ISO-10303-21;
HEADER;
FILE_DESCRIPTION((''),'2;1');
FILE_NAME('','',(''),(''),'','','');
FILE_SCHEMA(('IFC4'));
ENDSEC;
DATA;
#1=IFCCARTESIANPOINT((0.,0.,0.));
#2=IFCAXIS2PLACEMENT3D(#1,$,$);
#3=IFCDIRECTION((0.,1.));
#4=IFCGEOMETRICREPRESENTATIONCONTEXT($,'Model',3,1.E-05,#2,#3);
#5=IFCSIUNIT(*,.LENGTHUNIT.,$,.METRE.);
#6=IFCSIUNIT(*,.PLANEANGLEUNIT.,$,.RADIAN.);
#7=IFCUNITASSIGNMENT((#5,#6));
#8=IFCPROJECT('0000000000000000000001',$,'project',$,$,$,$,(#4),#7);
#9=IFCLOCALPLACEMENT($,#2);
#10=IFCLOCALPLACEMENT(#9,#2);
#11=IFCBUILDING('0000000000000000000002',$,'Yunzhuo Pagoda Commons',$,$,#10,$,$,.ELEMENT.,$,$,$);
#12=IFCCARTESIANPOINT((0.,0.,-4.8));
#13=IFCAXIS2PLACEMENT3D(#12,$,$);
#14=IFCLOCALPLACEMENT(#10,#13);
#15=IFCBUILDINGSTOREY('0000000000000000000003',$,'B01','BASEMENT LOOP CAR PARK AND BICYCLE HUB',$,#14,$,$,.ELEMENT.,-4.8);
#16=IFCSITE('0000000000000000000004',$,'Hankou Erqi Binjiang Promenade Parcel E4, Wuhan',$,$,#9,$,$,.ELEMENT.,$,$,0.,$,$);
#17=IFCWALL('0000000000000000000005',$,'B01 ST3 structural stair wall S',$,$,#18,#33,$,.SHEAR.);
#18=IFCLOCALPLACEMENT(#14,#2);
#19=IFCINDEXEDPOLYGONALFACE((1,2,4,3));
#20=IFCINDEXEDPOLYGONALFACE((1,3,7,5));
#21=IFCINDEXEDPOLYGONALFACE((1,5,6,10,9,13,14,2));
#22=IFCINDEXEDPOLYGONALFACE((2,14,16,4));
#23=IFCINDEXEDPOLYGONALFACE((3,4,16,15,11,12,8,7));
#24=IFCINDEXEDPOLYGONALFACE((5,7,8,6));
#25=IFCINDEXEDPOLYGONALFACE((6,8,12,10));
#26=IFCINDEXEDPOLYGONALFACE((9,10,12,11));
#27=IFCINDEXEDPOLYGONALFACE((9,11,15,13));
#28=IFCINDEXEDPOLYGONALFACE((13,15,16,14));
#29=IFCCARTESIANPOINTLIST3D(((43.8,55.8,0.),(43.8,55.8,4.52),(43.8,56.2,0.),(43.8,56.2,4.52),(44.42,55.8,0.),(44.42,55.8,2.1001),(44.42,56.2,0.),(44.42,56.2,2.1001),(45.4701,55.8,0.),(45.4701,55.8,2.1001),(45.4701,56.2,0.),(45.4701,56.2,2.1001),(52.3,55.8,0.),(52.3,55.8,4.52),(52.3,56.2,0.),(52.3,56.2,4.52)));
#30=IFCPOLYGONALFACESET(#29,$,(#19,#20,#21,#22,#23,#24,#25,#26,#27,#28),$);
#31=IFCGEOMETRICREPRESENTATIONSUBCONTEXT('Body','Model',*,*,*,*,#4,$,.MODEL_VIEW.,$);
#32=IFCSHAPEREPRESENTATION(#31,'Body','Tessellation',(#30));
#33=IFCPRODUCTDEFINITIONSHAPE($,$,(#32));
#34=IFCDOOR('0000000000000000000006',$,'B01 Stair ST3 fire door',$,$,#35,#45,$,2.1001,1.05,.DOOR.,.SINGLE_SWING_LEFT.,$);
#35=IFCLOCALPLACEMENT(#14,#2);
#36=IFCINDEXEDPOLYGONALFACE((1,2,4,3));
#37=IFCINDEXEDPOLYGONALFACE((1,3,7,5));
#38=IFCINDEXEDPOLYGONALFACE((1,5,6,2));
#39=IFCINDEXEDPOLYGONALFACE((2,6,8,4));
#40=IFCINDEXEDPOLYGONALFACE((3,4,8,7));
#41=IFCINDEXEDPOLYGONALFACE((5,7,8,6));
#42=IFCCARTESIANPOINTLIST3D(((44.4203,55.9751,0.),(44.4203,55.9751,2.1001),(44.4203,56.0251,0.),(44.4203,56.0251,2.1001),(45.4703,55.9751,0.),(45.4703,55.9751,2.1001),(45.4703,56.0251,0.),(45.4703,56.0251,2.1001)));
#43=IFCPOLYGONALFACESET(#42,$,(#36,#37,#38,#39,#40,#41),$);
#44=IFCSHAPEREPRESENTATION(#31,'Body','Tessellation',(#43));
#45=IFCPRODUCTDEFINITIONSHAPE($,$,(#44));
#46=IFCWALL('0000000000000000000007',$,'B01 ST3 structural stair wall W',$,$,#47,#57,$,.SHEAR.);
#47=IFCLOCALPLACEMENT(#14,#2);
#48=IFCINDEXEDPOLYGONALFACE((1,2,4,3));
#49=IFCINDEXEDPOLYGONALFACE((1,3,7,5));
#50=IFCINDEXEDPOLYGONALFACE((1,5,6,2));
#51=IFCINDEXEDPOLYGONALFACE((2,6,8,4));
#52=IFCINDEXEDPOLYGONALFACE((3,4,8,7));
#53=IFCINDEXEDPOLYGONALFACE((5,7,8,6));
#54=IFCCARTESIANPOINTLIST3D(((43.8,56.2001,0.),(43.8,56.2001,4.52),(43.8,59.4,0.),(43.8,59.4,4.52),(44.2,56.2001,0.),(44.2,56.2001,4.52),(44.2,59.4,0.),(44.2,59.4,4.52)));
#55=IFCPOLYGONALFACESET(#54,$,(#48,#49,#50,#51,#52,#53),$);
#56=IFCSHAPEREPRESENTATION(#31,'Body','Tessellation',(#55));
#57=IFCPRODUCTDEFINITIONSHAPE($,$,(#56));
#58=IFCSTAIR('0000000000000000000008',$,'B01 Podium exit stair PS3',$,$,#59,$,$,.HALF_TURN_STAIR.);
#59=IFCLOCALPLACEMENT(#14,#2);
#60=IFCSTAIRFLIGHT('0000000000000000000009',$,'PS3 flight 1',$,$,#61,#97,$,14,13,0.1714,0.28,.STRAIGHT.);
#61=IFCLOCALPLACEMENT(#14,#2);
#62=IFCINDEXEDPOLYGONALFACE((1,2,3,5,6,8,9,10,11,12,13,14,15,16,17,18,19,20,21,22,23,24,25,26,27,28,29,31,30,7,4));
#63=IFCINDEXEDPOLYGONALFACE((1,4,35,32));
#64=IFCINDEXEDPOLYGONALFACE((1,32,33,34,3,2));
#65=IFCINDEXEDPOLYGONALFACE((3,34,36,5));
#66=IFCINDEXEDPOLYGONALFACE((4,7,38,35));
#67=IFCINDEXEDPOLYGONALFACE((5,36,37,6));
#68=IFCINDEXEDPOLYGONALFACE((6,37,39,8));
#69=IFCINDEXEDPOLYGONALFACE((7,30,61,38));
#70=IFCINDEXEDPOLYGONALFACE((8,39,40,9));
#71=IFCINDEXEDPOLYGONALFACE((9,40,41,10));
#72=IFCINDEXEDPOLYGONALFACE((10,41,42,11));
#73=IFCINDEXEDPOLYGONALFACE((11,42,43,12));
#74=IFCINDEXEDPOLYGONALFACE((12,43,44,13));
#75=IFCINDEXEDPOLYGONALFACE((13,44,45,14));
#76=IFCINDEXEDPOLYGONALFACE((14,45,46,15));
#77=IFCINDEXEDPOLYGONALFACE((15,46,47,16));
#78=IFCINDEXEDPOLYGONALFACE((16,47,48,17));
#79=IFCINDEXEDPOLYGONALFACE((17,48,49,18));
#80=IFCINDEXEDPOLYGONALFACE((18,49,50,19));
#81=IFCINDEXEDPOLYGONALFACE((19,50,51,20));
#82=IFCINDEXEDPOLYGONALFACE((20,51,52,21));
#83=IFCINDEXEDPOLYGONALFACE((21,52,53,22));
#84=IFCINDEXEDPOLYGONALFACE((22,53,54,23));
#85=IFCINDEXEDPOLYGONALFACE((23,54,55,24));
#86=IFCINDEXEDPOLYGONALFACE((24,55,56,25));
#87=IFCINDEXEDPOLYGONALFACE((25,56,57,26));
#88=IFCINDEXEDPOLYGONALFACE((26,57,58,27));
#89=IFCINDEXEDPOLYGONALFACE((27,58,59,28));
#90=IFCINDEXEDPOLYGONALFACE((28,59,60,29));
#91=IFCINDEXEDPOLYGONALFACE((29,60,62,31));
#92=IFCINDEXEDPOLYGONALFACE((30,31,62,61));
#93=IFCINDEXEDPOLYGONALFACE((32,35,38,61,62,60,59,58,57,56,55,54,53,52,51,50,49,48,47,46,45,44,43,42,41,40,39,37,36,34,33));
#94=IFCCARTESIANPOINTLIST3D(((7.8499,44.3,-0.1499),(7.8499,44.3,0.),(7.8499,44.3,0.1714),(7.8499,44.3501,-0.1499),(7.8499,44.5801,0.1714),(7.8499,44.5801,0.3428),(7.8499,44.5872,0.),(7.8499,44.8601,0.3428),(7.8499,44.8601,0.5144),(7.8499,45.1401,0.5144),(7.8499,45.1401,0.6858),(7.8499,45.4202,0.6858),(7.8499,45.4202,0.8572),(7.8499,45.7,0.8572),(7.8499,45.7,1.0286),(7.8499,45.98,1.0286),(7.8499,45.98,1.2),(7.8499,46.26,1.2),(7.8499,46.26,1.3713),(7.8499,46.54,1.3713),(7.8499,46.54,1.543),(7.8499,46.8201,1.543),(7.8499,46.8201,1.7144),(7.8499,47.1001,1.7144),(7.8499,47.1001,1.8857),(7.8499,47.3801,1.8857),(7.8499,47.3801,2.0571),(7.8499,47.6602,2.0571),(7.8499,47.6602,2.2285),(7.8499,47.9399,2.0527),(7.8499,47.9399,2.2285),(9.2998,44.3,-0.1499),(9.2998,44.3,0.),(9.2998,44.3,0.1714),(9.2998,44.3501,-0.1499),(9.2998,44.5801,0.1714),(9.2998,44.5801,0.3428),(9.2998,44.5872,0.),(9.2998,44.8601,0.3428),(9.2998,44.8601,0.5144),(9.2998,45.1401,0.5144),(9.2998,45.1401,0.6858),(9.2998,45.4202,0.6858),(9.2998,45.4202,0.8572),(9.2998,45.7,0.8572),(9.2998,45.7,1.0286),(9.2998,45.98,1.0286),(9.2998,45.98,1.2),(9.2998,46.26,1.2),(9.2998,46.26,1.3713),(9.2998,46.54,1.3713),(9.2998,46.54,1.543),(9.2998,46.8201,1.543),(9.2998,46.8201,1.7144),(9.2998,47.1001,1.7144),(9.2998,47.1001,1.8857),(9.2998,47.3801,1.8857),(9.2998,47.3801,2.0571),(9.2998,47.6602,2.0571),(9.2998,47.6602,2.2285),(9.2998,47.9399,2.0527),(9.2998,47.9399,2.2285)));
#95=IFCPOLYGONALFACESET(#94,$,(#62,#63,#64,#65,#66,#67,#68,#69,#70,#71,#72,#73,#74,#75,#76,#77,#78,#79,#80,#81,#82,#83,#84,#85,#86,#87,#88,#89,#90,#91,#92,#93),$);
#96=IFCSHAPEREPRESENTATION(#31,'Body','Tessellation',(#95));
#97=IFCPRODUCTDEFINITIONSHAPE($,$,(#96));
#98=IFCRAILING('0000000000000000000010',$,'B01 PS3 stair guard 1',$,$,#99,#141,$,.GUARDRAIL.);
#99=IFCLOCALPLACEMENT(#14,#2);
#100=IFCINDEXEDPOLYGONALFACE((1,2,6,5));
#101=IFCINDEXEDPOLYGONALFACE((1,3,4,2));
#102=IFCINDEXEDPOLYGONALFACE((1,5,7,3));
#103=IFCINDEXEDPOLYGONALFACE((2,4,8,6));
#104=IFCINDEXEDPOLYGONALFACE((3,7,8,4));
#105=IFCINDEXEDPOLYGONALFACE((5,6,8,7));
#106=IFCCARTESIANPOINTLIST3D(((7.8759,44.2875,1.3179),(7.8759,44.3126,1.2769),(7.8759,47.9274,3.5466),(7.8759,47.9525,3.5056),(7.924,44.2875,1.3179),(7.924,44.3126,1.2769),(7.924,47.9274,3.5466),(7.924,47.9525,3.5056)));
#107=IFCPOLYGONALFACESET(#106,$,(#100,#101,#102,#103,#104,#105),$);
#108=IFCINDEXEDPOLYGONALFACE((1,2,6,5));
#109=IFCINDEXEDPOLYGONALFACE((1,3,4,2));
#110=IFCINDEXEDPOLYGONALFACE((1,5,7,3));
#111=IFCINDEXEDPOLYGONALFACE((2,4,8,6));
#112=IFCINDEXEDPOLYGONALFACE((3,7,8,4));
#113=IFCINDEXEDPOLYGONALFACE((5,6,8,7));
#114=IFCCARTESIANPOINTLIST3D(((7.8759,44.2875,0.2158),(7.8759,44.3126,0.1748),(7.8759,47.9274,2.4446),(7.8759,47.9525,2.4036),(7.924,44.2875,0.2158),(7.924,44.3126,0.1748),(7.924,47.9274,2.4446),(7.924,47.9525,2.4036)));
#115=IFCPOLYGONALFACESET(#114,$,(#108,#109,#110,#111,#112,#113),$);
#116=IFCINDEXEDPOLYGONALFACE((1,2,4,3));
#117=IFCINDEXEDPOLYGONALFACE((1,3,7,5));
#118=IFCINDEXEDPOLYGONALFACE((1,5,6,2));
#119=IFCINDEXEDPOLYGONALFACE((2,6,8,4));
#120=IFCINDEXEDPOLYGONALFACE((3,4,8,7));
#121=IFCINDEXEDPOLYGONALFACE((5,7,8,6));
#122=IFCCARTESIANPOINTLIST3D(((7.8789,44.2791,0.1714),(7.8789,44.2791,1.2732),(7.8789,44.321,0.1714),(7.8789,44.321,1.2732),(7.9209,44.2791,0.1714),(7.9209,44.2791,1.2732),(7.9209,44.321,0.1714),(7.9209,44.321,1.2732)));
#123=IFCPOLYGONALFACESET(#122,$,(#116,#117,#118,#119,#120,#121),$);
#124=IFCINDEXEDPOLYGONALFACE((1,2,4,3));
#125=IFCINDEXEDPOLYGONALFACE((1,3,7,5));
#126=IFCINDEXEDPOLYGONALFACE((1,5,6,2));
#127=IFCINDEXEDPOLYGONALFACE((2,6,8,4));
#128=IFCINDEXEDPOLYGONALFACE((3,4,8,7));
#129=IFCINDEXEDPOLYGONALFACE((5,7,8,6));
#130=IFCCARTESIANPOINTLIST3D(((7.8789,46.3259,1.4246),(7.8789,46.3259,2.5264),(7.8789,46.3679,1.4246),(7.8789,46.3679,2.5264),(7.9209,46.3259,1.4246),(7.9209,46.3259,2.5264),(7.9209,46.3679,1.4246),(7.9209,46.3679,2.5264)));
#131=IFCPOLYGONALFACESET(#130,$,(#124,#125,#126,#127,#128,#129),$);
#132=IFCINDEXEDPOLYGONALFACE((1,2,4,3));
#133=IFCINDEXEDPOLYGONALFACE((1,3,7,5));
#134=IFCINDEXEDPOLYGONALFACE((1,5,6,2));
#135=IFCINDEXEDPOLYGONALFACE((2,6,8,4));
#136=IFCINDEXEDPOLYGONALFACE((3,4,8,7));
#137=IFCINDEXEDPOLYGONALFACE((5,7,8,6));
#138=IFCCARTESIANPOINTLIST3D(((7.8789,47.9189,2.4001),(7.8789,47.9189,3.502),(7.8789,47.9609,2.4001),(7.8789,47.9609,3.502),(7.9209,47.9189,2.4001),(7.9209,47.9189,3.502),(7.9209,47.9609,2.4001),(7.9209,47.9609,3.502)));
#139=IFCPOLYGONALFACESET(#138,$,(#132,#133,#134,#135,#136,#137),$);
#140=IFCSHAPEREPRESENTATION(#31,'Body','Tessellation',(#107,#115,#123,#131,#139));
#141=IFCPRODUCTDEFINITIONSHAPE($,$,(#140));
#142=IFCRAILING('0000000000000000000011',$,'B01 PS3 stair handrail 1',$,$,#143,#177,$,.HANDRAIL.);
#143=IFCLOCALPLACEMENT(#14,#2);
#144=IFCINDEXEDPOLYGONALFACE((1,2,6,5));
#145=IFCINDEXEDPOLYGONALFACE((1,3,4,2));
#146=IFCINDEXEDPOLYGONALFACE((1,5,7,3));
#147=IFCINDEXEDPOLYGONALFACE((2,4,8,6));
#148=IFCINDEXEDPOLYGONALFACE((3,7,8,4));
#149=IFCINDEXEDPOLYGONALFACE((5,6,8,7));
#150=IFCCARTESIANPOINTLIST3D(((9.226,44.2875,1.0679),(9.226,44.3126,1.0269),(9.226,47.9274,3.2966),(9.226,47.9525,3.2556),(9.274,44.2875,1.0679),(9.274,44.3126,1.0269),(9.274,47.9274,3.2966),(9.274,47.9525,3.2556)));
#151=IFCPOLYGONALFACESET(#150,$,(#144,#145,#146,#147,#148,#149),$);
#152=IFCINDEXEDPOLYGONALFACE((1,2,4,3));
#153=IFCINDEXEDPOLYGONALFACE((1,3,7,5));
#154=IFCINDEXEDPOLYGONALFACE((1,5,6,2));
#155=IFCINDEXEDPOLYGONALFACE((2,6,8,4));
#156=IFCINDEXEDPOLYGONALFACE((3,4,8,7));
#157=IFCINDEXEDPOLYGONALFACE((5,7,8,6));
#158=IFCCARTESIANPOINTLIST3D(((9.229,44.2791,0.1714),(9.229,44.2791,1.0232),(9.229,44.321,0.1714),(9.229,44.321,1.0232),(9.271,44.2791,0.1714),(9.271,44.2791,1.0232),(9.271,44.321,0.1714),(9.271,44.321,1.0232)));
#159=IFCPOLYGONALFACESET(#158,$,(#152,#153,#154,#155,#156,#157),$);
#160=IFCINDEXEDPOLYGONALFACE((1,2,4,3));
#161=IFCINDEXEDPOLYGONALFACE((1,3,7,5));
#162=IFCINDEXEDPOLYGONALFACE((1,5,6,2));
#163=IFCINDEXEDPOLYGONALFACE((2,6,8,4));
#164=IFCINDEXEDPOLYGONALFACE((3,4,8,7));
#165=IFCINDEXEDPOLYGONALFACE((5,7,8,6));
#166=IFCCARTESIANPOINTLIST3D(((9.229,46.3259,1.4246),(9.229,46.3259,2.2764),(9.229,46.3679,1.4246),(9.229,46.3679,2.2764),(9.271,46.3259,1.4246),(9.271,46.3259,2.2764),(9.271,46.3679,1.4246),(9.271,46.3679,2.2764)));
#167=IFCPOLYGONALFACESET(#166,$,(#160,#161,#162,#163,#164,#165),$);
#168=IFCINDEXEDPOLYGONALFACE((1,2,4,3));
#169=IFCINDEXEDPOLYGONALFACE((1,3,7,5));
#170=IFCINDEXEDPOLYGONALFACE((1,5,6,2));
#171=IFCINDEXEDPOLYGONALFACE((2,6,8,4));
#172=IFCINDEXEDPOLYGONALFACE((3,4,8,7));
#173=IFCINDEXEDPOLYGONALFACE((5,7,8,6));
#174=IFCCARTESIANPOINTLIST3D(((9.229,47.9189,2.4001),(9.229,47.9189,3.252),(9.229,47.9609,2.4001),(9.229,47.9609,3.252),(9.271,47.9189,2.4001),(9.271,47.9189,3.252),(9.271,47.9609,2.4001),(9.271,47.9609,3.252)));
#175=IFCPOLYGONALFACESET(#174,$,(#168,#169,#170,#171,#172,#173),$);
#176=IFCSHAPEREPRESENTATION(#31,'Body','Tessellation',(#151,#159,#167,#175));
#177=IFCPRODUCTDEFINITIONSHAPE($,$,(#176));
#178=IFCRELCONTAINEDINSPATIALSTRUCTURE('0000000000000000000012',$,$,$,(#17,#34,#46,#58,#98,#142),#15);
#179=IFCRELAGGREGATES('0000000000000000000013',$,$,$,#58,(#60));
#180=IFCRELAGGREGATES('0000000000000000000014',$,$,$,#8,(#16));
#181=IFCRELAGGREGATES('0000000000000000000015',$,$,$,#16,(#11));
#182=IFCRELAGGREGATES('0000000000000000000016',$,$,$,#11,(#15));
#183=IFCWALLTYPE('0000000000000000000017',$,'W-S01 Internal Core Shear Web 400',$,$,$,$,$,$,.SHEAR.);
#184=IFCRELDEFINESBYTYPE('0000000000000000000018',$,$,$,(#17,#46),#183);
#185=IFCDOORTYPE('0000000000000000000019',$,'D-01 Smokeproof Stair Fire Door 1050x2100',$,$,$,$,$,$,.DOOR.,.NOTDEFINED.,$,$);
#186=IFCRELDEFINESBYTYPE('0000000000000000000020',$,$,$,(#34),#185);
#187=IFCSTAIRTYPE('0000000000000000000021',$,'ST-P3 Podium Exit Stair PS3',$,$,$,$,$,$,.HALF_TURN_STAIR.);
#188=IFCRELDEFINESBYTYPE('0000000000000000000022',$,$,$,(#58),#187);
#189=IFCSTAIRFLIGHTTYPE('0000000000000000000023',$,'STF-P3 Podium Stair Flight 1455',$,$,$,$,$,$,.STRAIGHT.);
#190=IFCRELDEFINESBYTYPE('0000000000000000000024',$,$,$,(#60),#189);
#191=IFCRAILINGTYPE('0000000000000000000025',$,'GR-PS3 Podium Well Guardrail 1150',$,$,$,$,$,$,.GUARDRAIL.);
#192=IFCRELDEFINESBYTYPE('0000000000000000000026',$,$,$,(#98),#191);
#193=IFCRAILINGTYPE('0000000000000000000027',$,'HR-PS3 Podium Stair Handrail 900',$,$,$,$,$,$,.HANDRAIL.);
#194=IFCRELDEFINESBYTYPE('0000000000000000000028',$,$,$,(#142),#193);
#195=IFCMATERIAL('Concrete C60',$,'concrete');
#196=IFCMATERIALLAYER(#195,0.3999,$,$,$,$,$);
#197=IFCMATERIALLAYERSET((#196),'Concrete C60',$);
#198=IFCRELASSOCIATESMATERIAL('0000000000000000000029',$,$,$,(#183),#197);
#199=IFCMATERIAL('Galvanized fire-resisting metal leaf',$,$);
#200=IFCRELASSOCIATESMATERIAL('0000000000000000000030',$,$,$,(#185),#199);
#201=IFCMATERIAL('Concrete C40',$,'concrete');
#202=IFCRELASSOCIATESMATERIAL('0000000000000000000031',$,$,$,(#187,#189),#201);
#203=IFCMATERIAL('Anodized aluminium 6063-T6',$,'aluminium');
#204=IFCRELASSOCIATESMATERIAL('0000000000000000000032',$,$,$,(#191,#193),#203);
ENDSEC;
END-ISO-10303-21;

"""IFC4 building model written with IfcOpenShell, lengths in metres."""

from ifc_helpers import new_model, si_unit, direction, frame, frame_2d, origin, origin_2d, place, context, subcontext, project, spatial, polyline, rectangle, outline, extrude, source, transform, mapped, material, layer, layer_set, type_object, element, fill, aggregate, save


model = new_model("IFC4")

# Units and contexts
model_context = context("Model", 3, precision=1e-05, world=origin(), true_north=direction((0.0, 1.0)))
body_context = subcontext(model_context, "Body", "Model", "MODEL_VIEW")
ifc_project = project(units=[si_unit("LENGTHUNIT", "METRE"), si_unit("PLANEANGLEUNIT", "RADIAN")], contexts=[model_context])

# Site, building, storey
site_placement = place(None, origin())
site = spatial("IfcSite", under=ifc_project, at=site_placement, Name="Hankou Erqi Binjiang Promenade Parcel E4, Wuhan", CompositionType="ELEMENT", RefElevation=0.0)
building_placement = place(site_placement, origin())
building = spatial("IfcBuilding", under=site, at=building_placement, Name="Yunzhuo Pagoda Commons", CompositionType="ELEMENT")
storey_placement = place(building_placement, frame((0.0, 0.0, -4.8)))
storey = spatial("IfcBuildingStorey", under=building, at=storey_placement, Name="B01", Description="BASEMENT LOOP CAR PARK AND BICYCLE HUB", CompositionType="ELEMENT", Elevation=-4.8)

# Shared definitions
ifc_material_1 = material(Name="Galvanized fire-resisting metal leaf")
shared_shape_1 = source(origin(), body_context, "Body", "SweptSolid", [
    extrude(rectangle(XDim=1.05, YDim=2.1001, at=frame_2d((0.5249, 1.05))), frame((0.0, 0.0249, 0.0), z_axis=(0.0, -1.0, 0.0), x_axis=(1.0, 0.0, 0.0)), (0.0, 0.0, 1.0), 0.05),
])

# Shared definitions
ifc_material_2 = material(Name="Concrete C60", Category="concrete")
ifc_layer_1 = layer(ifc_material_2, 0.3999)
ifc_layer_set_1 = layer_set([ifc_layer_1], Name="Concrete C60")
wall_type_1 = type_object("IfcWallType", Name="W-S01 Internal Core Shear Web 400", PredefinedType="SHEAR", material=ifc_layer_set_1)

# Wall, opening, door
wall_1_placement = place(storey_placement, frame((43.8, 56.0, 0.0), z_axis=(0.0, 0.0, 1.0), x_axis=(1.0, 0.0, 0.0)))
wall_1 = element("IfcWall", 1, at=wall_1_placement, inside=storey, type_object=wall_type_1, Name="B01 ST3 structural stair wall S", PredefinedType="SHEAR", context=body_context, shape_type="SweptSolid", body=[
    extrude(rectangle(XDim=8.5, YDim=0.3999, at=frame_2d((4.25, 0.0))), origin(), (0.0, 0.0, 1.0), 4.52),
])
opening_1_placement = place(wall_1_placement, frame((0.6201, 0.0, 0.0)))
opening_1 = element("IfcOpeningElement", 2, at=opening_1_placement, cuts=wall_1, PredefinedType="OPENING", context=body_context, shape_type="SweptSolid", body=[
    extrude(rectangle(XDim=1.05, YDim=2.1001, at=frame_2d((0.5249, 1.05))), frame((0.0, 0.21, 0.0), z_axis=(0.0, -1.0, 0.0), x_axis=(1.0, 0.0, 0.0)), (0.0, 0.0, 1.0), 0.4199),
])
door_type_1 = type_object("IfcDoorType", Name="D-01 Smokeproof Stair Fire Door 1050x2100", OperationType="NOTDEFINED", PredefinedType="DOOR", material=ifc_material_1)
door_1_placement = place(opening_1_placement, frame((1.05, 0.0, 0.0), z_axis=(0.0, 0.0, 1.0), x_axis=(-1.0, 0.0, 0.0)))
door_1 = element("IfcDoor", 3, at=door_1_placement, inside=storey, type_object=door_type_1, Name="B01 Stair ST3 fire door", OperationType="SINGLE_SWING_LEFT", OverallHeight=2.1001, OverallWidth=1.05, PredefinedType="DOOR", context=body_context, shape_type="MappedRepresentation", body=[
    mapped(shared_shape_1, transform((0.0, 0.0, 0.0), scale=1.0)),
])
fill(opening_1, door_1)

# Wall
wall_2_placement = place(storey_placement, frame((44.0, 56.2, 0.0), z_axis=(0.0, 0.0, 1.0), x_axis=(0.0, 1.0, 0.0)))
element("IfcWall", 4, at=wall_2_placement, inside=storey, type_object=wall_type_1, Name="B01 ST3 structural stair wall W", PredefinedType="SHEAR", context=body_context, shape_type="SweptSolid", body=[
    extrude(rectangle(XDim=3.2, YDim=0.3999, at=frame_2d((1.6001, 0.0))), origin(), (0.0, 0.0, 1.0), 4.52),
])

# Stair, stair flight
ifc_material_3 = material(Name="Concrete C40", Category="concrete")
stair_type = type_object("IfcStairType", Name="ST-P3 Podium Exit Stair PS3", PredefinedType="HALF_TURN_STAIR", material=ifc_material_3)
stair_placement = place(storey_placement, origin())
stair = element("IfcStair", 5, at=stair_placement, inside=storey, type_object=stair_type, Name="B01 Podium exit stair PS3", PredefinedType="HALF_TURN_STAIR")
stair_flight_type = type_object("IfcStairFlightType", Name="STF-P3 Podium Stair Flight 1455", PredefinedType="STRAIGHT", material=ifc_material_3)
shared_shape_2 = source(origin(), body_context, "Body", "SweptSolid", [
    extrude(outline(polyline([(0.0, -0.1499), (0.0, 0.0), (0.0, 0.1714), (0.28, 0.1714), (0.28, 0.3428), (0.5601, 0.3428), (0.5601, 0.5144), (0.8401, 0.5144), (0.8401, 0.6858), (1.1201, 0.6858), (1.1201, 0.8572), (1.3999, 0.8572), (1.3999, 1.0286), (1.6799, 1.0286), (1.6799, 1.2), (1.96, 1.2), (1.96, 1.3713), (2.24, 1.3713), (2.24, 1.543), (2.52, 1.543), (2.52, 1.7144), (2.8, 1.7144), (2.8, 1.8857), (3.0801, 1.8857), (3.0801, 2.0571), (3.3601, 2.0571), (3.3601, 2.2285), (3.6399, 2.2285), (3.6399, 2.3999), (3.6399, 2.0527), (0.2871, 0.0), (0.05, -0.1499), (0.0, -0.1499)])), frame((0.0, 0.7251, 0.0), z_axis=(0.0, -1.0, 0.0), x_axis=(1.0, 0.0, 0.0)), (0.0, 0.0, 1.0), 1.45),
])
stair_flight_placement = place(storey_placement, frame((8.575, 44.3, 0.0), z_axis=(0.0, 0.0, 1.0), x_axis=(0.0, 1.0, 0.0)))
stair_flight = element("IfcStairFlight", 6, at=stair_flight_placement, type_object=stair_flight_type, Name="PS3 flight 1", NumberOfRisers=14, NumberOfTreads=13, PredefinedType="STRAIGHT", RiserHeight=0.1714, TreadLength=0.28, context=body_context, shape_type="MappedRepresentation", body=[
    mapped(shared_shape_2, transform((0.0, 0.0, 0.0), scale=1.0)),
])
aggregate(stair, [stair_flight])

# Railings
ifc_material_4 = material(Name="Anodized aluminium 6063-T6", Category="aluminium")
railing_type_1 = type_object("IfcRailingType", Name="GR-PS3 Podium Well Guardrail 1150", PredefinedType="GUARDRAIL", material=ifc_material_4)
railing_1_placement = place(storey_placement, frame((7.8999, 44.3, 0.1714)))
element("IfcRailing", 7, at=railing_1_placement, inside=storey, type_object=railing_type_1, Name="B01 PS3 stair guard 1", PredefinedType="GUARDRAIL", context=body_context, shape_type="SweptSolid", body=[
    extrude(rectangle(XDim=0.0481, YDim=0.0481, at=origin_2d()), frame((0.0, 0.0, 1.126), z_axis=(0.0, 0.852825, 0.522197), x_axis=(-1.0, 0.0, 0.0)), (0.0, 0.0, 1.0), 4.2681),
    extrude(rectangle(XDim=0.0481, YDim=0.0481, at=origin_2d()), frame((0.0, 0.0, 0.0239), z_axis=(0.0, 0.852825, 0.522197), x_axis=(-1.0, 0.0, 0.0)), (0.0, 0.0, 1.0), 4.2681),
    extrude(rectangle(XDim=0.042, YDim=0.042, at=origin_2d()), origin(), (0.0, 0.0, 1.0), 1.1018),
    extrude(rectangle(XDim=0.042, YDim=0.042, at=origin_2d()), frame((0.0, 2.0469, 1.2532)), (0.0, 0.0, 1.0), 1.1018),
    extrude(rectangle(XDim=0.042, YDim=0.042, at=origin_2d()), frame((0.0, 3.6399, 2.2288)), (0.0, 0.0, 1.0), 1.1018),
])
railing_type_2 = type_object("IfcRailingType", Name="HR-PS3 Podium Stair Handrail 900", PredefinedType="HANDRAIL", material=ifc_material_4)
railing_2_placement = place(storey_placement, frame((9.25, 44.3, 0.1714)))
element("IfcRailing", 8, at=railing_2_placement, inside=storey, type_object=railing_type_2, Name="B01 PS3 stair handrail 1", PredefinedType="HANDRAIL", context=body_context, shape_type="SweptSolid", body=[
    extrude(rectangle(XDim=0.0481, YDim=0.0481, at=origin_2d()), frame((0.0, 0.0, 0.876), z_axis=(0.0, 0.852825, 0.522197), x_axis=(-1.0, 0.0, 0.0)), (0.0, 0.0, 1.0), 4.2681),
    extrude(rectangle(XDim=0.042, YDim=0.042, at=origin_2d()), origin(), (0.0, 0.0, 1.0), 0.8518),
    extrude(rectangle(XDim=0.042, YDim=0.042, at=origin_2d()), frame((0.0, 2.0469, 1.2532)), (0.0, 0.0, 1.0), 0.8518),
    extrude(rectangle(XDim=0.042, YDim=0.042, at=origin_2d()), frame((0.0, 3.6399, 2.2288)), (0.0, 0.0, 1.0), 0.8518),
])

save(model, "model.ifc")
